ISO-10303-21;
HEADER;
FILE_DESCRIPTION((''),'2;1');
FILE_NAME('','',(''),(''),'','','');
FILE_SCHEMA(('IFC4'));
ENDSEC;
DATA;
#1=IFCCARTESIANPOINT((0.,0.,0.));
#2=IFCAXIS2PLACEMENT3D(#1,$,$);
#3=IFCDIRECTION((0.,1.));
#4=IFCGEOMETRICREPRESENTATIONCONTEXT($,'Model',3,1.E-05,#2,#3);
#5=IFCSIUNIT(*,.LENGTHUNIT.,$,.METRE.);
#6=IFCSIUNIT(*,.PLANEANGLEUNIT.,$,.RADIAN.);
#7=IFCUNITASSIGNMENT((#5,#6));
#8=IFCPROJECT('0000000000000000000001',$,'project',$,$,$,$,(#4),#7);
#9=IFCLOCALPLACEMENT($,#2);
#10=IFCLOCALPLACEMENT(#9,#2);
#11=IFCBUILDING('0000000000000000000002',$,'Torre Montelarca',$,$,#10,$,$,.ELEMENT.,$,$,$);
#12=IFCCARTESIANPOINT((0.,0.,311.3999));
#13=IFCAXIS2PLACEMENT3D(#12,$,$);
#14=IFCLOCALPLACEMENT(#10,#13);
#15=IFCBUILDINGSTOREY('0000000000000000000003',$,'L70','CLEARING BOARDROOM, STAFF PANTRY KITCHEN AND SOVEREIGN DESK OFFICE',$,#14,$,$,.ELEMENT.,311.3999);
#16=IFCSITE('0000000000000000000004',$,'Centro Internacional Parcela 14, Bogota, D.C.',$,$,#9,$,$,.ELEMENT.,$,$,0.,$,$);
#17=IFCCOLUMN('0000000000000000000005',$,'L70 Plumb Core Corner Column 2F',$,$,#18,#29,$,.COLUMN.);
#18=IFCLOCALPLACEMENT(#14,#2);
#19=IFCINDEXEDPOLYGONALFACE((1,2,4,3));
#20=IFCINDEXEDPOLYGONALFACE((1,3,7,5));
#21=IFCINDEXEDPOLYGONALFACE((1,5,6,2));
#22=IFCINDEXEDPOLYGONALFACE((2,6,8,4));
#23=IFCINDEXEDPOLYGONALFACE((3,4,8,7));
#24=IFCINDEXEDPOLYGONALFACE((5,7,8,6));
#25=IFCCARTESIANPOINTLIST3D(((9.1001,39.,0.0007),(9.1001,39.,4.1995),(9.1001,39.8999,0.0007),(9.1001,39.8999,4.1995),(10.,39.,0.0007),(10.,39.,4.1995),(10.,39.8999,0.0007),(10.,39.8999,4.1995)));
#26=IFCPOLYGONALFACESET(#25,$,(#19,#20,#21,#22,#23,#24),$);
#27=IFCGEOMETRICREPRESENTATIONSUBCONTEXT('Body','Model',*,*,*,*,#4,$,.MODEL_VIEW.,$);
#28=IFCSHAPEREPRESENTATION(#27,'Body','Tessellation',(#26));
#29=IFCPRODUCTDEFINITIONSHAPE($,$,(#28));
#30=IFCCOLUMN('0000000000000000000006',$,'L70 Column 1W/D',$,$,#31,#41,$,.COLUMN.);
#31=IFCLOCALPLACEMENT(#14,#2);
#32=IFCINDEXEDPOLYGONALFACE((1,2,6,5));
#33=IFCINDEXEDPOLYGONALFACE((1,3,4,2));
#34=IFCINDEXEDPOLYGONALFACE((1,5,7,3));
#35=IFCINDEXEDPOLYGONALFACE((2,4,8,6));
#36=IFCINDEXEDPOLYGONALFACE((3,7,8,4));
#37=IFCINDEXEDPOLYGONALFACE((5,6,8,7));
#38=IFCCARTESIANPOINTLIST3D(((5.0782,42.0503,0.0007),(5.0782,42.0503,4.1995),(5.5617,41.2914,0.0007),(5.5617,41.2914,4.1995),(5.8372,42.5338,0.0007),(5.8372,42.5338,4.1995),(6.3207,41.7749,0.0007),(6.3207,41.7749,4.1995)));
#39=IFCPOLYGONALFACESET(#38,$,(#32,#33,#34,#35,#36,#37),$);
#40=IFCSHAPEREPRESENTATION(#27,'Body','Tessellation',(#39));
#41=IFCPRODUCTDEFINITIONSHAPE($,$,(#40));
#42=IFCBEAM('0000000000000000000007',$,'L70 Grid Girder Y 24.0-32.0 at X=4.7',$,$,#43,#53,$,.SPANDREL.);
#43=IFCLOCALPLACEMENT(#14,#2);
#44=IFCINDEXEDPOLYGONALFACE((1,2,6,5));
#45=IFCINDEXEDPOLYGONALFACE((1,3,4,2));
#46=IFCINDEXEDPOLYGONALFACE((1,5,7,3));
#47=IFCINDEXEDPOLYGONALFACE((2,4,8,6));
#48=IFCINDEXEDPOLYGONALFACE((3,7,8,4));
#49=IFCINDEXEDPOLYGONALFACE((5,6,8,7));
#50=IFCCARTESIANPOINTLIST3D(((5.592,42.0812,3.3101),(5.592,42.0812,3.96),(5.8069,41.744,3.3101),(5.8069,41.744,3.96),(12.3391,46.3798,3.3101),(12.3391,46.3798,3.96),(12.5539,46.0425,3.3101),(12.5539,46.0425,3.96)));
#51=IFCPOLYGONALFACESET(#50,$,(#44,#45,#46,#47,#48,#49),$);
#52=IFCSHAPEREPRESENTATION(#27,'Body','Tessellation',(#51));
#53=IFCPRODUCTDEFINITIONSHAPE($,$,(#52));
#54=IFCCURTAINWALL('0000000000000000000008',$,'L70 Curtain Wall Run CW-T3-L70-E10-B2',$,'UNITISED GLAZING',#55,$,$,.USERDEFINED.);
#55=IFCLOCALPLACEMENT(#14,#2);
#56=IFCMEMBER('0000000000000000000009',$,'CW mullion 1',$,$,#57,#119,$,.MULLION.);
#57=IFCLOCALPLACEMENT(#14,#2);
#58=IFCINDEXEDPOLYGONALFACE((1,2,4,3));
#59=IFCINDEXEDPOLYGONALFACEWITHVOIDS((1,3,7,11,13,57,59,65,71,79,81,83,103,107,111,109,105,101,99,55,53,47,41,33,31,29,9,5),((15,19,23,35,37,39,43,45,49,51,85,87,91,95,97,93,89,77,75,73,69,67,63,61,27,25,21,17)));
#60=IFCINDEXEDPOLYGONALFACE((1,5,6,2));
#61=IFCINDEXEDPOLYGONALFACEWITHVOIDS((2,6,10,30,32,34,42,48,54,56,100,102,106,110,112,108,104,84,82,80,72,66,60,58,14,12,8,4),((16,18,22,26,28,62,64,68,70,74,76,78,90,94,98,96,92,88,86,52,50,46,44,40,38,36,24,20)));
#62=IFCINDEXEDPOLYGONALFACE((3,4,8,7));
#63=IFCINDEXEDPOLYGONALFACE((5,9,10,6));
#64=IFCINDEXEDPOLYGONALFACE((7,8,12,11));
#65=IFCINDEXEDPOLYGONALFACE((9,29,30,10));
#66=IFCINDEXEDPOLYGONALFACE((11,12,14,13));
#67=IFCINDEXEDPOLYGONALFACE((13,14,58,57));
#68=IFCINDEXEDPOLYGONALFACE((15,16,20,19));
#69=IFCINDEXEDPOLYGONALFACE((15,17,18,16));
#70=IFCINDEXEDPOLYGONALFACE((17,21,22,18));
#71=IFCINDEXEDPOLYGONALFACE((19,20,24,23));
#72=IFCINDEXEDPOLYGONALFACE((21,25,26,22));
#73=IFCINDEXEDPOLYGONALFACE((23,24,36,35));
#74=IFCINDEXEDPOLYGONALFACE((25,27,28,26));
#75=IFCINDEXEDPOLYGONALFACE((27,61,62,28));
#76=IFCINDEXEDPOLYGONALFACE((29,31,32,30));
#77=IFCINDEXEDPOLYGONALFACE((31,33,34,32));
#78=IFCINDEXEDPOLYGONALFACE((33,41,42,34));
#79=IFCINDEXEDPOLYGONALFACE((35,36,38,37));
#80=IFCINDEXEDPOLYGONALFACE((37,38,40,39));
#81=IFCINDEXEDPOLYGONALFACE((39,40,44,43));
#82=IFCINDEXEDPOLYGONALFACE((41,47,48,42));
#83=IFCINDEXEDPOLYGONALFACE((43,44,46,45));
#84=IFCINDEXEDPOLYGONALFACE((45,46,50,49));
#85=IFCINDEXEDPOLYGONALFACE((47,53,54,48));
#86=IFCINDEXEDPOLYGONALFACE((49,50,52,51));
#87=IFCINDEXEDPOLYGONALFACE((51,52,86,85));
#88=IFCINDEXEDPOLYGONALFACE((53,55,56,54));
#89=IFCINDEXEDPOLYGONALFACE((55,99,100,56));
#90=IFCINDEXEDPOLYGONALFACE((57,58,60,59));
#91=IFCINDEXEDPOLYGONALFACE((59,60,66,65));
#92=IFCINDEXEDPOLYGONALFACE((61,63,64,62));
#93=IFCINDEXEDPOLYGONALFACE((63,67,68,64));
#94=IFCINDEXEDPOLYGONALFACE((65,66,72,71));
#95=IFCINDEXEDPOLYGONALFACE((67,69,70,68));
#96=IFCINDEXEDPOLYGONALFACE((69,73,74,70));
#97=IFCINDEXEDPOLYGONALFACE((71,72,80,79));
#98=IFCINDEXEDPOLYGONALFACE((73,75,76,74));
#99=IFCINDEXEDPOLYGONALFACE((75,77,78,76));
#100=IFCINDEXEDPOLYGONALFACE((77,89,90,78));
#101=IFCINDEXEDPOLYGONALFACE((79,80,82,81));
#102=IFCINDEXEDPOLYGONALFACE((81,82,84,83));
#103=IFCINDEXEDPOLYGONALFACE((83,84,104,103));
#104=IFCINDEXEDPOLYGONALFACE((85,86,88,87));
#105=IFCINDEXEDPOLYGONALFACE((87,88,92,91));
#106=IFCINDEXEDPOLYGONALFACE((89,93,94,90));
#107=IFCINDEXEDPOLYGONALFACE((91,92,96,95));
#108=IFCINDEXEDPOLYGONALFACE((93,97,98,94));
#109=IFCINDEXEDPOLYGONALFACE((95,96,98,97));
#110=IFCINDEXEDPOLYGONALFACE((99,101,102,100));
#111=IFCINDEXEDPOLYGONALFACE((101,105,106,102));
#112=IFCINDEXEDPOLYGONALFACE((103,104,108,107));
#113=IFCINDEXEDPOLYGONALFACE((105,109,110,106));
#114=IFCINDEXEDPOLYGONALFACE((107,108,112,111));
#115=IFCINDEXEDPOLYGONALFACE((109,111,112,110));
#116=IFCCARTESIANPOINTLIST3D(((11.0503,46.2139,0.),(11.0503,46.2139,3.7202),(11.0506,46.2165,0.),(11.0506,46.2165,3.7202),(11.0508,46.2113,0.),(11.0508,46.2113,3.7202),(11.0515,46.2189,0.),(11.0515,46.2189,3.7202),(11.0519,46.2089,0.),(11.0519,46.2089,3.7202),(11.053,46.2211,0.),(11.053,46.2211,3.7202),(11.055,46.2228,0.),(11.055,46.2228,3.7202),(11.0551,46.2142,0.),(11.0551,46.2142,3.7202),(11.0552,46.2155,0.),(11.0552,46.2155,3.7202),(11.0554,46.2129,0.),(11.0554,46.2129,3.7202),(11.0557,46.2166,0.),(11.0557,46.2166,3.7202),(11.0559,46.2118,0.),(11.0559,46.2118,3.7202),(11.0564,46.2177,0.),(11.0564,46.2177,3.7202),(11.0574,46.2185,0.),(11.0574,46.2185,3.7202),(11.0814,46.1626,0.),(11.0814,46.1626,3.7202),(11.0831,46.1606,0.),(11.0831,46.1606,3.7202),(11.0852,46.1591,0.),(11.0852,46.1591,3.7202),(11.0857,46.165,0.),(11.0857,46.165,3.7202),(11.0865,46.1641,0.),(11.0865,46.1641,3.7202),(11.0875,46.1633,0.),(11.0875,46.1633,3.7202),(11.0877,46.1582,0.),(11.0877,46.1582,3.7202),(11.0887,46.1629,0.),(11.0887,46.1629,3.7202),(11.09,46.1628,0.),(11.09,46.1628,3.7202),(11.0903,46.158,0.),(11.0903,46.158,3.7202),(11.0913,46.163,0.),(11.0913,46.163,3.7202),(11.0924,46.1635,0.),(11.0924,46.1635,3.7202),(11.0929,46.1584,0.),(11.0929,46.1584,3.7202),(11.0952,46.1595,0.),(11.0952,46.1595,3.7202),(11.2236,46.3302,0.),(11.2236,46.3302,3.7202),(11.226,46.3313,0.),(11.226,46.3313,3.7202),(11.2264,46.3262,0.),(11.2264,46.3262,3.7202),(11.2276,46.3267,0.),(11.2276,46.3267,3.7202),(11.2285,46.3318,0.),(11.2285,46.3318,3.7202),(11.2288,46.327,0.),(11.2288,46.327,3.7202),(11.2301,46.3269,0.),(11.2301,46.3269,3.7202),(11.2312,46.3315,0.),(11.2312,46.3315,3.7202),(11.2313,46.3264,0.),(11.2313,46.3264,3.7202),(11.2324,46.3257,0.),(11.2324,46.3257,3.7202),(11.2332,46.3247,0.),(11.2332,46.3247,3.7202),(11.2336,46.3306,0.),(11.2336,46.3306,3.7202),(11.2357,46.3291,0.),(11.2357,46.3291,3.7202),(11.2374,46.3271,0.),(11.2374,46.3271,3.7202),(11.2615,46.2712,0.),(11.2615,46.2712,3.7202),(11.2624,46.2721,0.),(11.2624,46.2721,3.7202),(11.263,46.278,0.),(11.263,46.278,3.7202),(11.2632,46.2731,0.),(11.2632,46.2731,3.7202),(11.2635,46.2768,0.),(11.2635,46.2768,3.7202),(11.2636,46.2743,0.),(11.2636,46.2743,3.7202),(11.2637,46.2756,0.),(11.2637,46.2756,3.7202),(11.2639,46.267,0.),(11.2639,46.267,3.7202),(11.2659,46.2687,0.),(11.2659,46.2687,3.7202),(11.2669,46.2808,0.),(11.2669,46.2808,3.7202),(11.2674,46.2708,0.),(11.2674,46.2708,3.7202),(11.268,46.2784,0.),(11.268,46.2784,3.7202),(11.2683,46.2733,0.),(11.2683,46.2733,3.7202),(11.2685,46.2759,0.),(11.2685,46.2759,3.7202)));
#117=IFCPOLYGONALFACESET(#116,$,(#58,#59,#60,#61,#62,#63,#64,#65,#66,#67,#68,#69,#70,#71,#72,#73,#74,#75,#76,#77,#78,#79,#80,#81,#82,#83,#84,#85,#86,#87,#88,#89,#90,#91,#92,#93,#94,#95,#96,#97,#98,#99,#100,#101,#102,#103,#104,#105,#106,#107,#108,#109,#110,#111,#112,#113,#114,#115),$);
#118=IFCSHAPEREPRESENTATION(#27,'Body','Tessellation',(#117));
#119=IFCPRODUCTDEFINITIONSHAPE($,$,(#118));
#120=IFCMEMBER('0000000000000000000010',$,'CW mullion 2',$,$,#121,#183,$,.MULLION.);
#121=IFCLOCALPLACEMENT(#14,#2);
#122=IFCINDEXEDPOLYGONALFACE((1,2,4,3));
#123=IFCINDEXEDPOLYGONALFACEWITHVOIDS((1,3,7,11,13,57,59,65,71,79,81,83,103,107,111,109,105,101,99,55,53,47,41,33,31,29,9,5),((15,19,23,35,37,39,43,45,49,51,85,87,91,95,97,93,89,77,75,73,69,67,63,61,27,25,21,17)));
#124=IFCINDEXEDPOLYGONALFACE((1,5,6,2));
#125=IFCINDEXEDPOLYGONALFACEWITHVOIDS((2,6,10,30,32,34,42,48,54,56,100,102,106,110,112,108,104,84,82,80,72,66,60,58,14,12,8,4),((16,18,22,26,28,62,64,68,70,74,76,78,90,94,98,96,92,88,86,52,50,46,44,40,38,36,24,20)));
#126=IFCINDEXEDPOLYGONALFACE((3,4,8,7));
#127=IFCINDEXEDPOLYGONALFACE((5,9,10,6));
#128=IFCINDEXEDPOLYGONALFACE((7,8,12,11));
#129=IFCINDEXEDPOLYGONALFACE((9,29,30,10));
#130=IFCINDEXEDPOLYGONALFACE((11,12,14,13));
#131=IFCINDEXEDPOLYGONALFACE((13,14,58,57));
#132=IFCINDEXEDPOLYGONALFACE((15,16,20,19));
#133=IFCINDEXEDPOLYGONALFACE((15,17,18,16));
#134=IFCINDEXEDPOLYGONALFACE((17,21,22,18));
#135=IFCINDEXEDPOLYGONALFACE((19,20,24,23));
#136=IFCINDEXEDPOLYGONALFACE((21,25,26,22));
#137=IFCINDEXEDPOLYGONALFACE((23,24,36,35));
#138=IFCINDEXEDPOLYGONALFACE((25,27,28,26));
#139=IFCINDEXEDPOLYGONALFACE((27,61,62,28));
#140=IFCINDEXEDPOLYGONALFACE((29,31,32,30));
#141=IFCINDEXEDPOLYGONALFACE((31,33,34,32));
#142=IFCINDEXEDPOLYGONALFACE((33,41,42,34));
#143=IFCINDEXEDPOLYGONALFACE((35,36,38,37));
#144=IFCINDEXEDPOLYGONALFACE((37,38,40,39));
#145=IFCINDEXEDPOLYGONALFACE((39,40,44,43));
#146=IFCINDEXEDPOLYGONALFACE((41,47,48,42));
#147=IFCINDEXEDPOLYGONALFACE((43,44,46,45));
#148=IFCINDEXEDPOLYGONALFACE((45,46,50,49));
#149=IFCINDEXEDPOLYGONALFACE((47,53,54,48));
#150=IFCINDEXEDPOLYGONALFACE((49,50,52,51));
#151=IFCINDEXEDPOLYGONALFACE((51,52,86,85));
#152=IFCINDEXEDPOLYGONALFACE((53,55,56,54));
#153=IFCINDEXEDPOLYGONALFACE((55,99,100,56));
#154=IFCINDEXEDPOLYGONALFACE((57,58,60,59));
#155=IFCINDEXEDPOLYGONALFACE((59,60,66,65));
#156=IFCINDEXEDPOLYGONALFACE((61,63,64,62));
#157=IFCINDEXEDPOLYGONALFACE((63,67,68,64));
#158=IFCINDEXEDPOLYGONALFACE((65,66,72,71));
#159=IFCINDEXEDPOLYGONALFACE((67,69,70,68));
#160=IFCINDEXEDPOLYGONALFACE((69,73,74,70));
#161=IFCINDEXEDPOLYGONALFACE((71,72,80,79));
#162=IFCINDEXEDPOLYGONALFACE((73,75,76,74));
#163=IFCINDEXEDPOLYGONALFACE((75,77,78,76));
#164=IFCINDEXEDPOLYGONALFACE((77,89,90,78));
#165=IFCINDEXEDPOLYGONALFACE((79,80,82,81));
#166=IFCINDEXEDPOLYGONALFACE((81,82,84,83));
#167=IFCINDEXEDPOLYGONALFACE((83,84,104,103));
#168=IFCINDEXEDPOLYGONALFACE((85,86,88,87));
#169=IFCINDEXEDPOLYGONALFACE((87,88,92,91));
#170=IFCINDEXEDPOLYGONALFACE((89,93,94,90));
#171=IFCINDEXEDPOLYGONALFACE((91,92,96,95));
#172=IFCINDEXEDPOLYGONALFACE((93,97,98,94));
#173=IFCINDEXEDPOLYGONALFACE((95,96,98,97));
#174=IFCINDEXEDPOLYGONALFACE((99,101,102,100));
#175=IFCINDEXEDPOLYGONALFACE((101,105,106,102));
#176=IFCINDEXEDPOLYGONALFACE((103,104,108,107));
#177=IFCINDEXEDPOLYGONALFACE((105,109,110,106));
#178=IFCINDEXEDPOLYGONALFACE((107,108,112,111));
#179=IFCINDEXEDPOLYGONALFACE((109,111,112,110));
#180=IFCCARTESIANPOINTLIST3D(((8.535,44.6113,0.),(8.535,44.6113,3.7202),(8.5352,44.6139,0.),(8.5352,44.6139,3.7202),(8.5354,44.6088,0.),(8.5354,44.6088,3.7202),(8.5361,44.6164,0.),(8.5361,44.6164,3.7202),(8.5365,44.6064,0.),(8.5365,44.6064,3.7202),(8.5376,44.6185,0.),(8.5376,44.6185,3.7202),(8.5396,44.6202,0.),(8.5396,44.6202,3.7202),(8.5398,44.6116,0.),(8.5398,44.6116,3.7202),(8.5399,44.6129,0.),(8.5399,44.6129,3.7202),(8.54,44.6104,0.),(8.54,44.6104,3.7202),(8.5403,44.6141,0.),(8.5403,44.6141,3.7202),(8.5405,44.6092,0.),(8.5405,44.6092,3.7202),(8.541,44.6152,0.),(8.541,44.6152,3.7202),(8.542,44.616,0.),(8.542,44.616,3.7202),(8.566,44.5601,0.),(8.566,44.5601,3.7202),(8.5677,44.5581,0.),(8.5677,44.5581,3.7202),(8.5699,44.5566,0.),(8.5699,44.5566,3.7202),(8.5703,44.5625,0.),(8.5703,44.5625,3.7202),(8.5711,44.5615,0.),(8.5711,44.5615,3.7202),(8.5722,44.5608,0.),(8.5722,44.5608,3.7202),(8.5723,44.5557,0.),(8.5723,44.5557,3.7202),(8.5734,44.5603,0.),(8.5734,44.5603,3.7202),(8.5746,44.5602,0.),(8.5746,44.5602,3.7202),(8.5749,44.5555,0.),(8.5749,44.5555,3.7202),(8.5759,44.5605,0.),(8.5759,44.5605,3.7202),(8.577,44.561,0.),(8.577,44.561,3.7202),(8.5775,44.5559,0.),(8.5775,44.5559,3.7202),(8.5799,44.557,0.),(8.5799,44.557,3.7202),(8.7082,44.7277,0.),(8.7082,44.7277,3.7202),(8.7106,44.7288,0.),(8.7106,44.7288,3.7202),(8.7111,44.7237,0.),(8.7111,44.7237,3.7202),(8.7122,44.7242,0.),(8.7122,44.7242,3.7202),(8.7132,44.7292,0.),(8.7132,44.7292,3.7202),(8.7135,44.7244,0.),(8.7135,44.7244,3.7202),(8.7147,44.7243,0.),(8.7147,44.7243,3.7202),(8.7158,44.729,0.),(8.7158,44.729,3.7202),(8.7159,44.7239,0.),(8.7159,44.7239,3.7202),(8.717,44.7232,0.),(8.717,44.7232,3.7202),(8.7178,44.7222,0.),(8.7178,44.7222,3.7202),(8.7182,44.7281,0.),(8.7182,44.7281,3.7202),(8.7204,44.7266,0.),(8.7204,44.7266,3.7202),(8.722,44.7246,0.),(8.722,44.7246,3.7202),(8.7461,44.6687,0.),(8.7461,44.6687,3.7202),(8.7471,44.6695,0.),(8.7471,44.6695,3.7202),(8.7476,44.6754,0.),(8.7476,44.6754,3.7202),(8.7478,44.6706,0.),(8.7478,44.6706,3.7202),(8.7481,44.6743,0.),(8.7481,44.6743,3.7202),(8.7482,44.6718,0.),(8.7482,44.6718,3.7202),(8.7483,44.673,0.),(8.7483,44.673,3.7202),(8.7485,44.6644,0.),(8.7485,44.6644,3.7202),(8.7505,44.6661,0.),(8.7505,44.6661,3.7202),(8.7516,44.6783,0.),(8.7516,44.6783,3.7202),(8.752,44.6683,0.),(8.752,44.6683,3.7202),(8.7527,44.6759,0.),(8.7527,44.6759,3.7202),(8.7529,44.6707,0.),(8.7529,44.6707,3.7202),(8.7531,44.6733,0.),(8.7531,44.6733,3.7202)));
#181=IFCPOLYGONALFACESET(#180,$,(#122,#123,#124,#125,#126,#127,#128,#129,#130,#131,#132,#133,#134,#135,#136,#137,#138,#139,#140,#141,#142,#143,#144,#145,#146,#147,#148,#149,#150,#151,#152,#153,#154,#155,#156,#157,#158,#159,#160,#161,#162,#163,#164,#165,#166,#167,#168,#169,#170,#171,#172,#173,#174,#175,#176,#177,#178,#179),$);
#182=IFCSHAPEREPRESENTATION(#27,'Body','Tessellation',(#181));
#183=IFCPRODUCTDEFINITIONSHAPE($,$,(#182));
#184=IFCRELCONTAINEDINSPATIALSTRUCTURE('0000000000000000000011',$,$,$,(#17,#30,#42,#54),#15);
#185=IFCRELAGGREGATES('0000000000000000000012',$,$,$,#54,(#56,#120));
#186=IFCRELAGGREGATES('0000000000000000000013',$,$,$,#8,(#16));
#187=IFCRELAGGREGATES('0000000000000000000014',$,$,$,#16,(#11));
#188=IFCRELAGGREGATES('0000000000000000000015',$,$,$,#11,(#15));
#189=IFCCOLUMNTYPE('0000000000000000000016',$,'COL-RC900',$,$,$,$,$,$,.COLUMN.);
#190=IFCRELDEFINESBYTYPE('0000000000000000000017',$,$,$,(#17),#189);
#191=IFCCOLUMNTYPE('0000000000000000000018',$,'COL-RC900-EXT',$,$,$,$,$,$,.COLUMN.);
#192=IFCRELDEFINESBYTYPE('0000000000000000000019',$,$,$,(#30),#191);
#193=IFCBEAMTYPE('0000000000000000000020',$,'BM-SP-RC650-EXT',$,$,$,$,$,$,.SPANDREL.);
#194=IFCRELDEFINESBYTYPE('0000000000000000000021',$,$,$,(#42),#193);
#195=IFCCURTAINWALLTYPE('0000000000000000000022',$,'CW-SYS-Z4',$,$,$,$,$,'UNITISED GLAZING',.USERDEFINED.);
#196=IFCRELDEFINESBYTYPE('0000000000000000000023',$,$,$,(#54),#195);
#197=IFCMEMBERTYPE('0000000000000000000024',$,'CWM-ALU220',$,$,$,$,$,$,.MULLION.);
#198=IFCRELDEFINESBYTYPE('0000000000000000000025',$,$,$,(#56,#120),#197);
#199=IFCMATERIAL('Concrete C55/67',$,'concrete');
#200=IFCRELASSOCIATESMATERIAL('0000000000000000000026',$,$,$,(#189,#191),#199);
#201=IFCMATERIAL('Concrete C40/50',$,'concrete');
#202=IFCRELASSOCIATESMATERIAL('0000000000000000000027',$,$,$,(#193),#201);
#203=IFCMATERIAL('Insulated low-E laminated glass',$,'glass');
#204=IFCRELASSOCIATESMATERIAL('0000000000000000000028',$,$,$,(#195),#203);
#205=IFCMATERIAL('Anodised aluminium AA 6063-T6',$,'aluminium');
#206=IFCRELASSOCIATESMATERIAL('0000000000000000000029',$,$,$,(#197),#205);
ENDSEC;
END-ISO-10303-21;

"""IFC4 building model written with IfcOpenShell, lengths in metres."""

from ifc_helpers import new_model, si_unit, direction, frame, origin, origin_2d, place, context, subcontext, project, spatial, rectangle, hollow_rectangle, extrude, source, transform, mapped, material, material_profile, profile_set, type_object, element, aggregate, save


model = new_model("IFC4")

# Units and contexts
model_context = context("Model", 3, precision=1e-05, world=origin(), true_north=direction((0.0, 1.0)))
body_context = subcontext(model_context, "Body", "Model", "MODEL_VIEW")
ifc_project = project(units=[si_unit("LENGTHUNIT", "METRE"), si_unit("PLANEANGLEUNIT", "RADIAN")], contexts=[model_context])

# Site, building, storey
site_placement = place(None, origin())
site = spatial("IfcSite", under=ifc_project, at=site_placement, Name="Centro Internacional Parcela 14, Bogota, D.C.", CompositionType="ELEMENT", RefElevation=0.0)
building_placement = place(site_placement, origin())
building = spatial("IfcBuilding", under=site, at=building_placement, Name="Torre Montelarca", CompositionType="ELEMENT")
storey_placement = place(building_placement, frame((0.0, 0.0, 311.3999)))
storey = spatial("IfcBuildingStorey", under=building, at=storey_placement, Name="L70", Description="CLEARING BOARDROOM, STAFF PANTRY KITCHEN AND SOVEREIGN DESK OFFICE", CompositionType="ELEMENT", Elevation=311.3999)

# Columns
ifc_material_1 = material(Name="Concrete C55/67", Category="concrete")
ifc_material_profile_1 = material_profile(ifc_material_1, rectangle(XDim=0.8999, YDim=0.8999, at=origin_2d()), Name="RC900X900", Category="concrete")
ifc_profile_set_1 = profile_set([ifc_material_profile_1], Name="Concrete C55/67")
column_type_1 = type_object("IfcColumnType", Name="COL-RC900", PredefinedType="COLUMN", material=ifc_profile_set_1)
shared_shape_1 = source(origin(), body_context, "Body", "SweptSolid", [
    extrude(rectangle(XDim=0.8999, YDim=0.8999, at=origin_2d()), origin(), (0.0, 0.0, 1.0), 4.1987),
])
column_1_placement = place(storey_placement, frame((9.55, 39.45, 0.0007), z_axis=(0.0, 0.0, 1.0), x_axis=(1.0, 0.0, 0.0)))
element("IfcColumn", 1, at=column_1_placement, inside=storey, type_object=column_type_1, Name="L70 Plumb Core Corner Column 2F", PredefinedType="COLUMN", context=body_context, shape_type="MappedRepresentation", body=[
    mapped(shared_shape_1, transform((0.0, 0.0, 0.0), scale=1.0)),
])
ifc_material_profile_2 = material_profile(ifc_material_1, rectangle(XDim=0.8999, YDim=0.8999, at=origin_2d()), Name="RC900X900", Category="concrete")
ifc_profile_set_2 = profile_set([ifc_material_profile_2], Name="Concrete C55/67")
column_type_2 = type_object("IfcColumnType", Name="COL-RC900-EXT", PredefinedType="COLUMN", material=ifc_profile_set_2)
shared_shape_2 = source(origin(), body_context, "Body", "SweptSolid", [
    extrude(rectangle(XDim=0.8999, YDim=0.8999, at=origin_2d()), origin(), (0.0, 0.0, 1.0), 4.1987),
])
column_2_placement = place(storey_placement, frame((5.6995, 41.9126, 0.0007), z_axis=(0.0, 0.0, 1.0), x_axis=(-0.5373, 0.843391, 0.0)))
element("IfcColumn", 2, at=column_2_placement, inside=storey, type_object=column_type_2, Name="L70 Column 1W/D", PredefinedType="COLUMN", context=body_context, shape_type="MappedRepresentation", body=[
    mapped(shared_shape_2, transform((0.0, 0.0, 0.0), scale=1.0)),
])

# Beam
ifc_material_2 = material(Name="Concrete C40/50", Category="concrete")
ifc_material_profile_3 = material_profile(ifc_material_2, rectangle(XDim=0.3999, YDim=0.6499, at=origin_2d()), Name="RCB400X650", Category="concrete")
ifc_profile_set_3 = profile_set([ifc_material_profile_3], Name="Concrete C40/50")
beam_type = type_object("IfcBeamType", Name="BM-SP-RC650-EXT", PredefinedType="SPANDREL", material=ifc_profile_set_3)
shared_shape_3 = source(origin(), body_context, "Body", "SweptSolid", [
    extrude(rectangle(XDim=0.3999, YDim=0.6499, at=origin_2d()), origin(), (0.0, 0.0, 1.0), 8.0),
])
beam_placement = place(storey_placement, frame((5.6995, 41.9126, 3.635), z_axis=(0.843379, 0.53732, 0.0), x_axis=(-0.53732, 0.843379, 0.0)))
element("IfcBeam", 3, at=beam_placement, inside=storey, type_object=beam_type, Name="L70 Grid Girder Y 24.0-32.0 at X=4.7", PredefinedType="SPANDREL", context=body_context, shape_type="MappedRepresentation", body=[
    mapped(shared_shape_3, transform((0.0, 0.0, 0.0), scale=1.0)),
])

# Curtain wall, members
ifc_material_3 = material(Name="Insulated low-E laminated glass", Category="glass")
curtain_wall_type = type_object("IfcCurtainWallType", Name="CW-SYS-Z4", ElementType="UNITISED GLAZING", PredefinedType="USERDEFINED", material=ifc_material_3)
curtain_wall_1_placement = place(storey_placement, origin())
curtain_wall_1 = element("IfcCurtainWall", 4, at=curtain_wall_1_placement, inside=storey, type_object=curtain_wall_type, Name="L70 Curtain Wall Run CW-T3-L70-E10-B2", ObjectType="UNITISED GLAZING", PredefinedType="USERDEFINED")
ifc_material_4 = material(Name="Anodised aluminium AA 6063-T6", Category="aluminium")
ifc_material_profile_4 = material_profile(ifc_material_4, hollow_rectangle(XDim=0.075, YDim=0.22, WallThickness=0.0049, InnerFilletRadius=0.0049, OuterFilletRadius=0.01, at=origin_2d()), Name="ALU75X220X5", Category="aluminium")
ifc_profile_set_4 = profile_set([ifc_material_profile_4], Name="Anodised aluminium AA 6063-T6")
member_type_1 = type_object("IfcMemberType", Name="CWM-ALU220", PredefinedType="MULLION", material=ifc_profile_set_4)
shared_shape_4 = source(origin(), body_context, "Body", "SweptSolid", [
    extrude(hollow_rectangle(XDim=0.075, YDim=0.22, WallThickness=0.0049, InnerFilletRadius=0.0049, OuterFilletRadius=0.01, at=origin_2d()), origin(), (0.0, 0.0, 1.0), 3.7202),
])
member_1_placement = place(storey_placement, frame((11.1594, 46.2449, 0.0), z_axis=(0.0, 0.0, 1.0), x_axis=(0.5373, -0.843391, 0.0)))
member_1 = element("IfcMember", 5, at=member_1_placement, type_object=member_type_1, Name="CW mullion 1", PredefinedType="MULLION", context=body_context, shape_type="MappedRepresentation", body=[
    mapped(shared_shape_4, transform((0.0, 0.0, 0.0), scale=1.0)),
])
member_2_placement = place(storey_placement, frame((8.644, 44.6423, 0.0), z_axis=(0.0, 0.0, 1.0), x_axis=(0.5373, -0.843391, 0.0)))
member_2 = element("IfcMember", 6, at=member_2_placement, type_object=member_type_1, Name="CW mullion 2", PredefinedType="MULLION", context=body_context, shape_type="MappedRepresentation", body=[
    mapped(shared_shape_4, transform((0.0, 0.0, 0.0), scale=1.0)),
])

aggregate(curtain_wall_1, [member_1, member_2])

save(model, "model.ifc")
